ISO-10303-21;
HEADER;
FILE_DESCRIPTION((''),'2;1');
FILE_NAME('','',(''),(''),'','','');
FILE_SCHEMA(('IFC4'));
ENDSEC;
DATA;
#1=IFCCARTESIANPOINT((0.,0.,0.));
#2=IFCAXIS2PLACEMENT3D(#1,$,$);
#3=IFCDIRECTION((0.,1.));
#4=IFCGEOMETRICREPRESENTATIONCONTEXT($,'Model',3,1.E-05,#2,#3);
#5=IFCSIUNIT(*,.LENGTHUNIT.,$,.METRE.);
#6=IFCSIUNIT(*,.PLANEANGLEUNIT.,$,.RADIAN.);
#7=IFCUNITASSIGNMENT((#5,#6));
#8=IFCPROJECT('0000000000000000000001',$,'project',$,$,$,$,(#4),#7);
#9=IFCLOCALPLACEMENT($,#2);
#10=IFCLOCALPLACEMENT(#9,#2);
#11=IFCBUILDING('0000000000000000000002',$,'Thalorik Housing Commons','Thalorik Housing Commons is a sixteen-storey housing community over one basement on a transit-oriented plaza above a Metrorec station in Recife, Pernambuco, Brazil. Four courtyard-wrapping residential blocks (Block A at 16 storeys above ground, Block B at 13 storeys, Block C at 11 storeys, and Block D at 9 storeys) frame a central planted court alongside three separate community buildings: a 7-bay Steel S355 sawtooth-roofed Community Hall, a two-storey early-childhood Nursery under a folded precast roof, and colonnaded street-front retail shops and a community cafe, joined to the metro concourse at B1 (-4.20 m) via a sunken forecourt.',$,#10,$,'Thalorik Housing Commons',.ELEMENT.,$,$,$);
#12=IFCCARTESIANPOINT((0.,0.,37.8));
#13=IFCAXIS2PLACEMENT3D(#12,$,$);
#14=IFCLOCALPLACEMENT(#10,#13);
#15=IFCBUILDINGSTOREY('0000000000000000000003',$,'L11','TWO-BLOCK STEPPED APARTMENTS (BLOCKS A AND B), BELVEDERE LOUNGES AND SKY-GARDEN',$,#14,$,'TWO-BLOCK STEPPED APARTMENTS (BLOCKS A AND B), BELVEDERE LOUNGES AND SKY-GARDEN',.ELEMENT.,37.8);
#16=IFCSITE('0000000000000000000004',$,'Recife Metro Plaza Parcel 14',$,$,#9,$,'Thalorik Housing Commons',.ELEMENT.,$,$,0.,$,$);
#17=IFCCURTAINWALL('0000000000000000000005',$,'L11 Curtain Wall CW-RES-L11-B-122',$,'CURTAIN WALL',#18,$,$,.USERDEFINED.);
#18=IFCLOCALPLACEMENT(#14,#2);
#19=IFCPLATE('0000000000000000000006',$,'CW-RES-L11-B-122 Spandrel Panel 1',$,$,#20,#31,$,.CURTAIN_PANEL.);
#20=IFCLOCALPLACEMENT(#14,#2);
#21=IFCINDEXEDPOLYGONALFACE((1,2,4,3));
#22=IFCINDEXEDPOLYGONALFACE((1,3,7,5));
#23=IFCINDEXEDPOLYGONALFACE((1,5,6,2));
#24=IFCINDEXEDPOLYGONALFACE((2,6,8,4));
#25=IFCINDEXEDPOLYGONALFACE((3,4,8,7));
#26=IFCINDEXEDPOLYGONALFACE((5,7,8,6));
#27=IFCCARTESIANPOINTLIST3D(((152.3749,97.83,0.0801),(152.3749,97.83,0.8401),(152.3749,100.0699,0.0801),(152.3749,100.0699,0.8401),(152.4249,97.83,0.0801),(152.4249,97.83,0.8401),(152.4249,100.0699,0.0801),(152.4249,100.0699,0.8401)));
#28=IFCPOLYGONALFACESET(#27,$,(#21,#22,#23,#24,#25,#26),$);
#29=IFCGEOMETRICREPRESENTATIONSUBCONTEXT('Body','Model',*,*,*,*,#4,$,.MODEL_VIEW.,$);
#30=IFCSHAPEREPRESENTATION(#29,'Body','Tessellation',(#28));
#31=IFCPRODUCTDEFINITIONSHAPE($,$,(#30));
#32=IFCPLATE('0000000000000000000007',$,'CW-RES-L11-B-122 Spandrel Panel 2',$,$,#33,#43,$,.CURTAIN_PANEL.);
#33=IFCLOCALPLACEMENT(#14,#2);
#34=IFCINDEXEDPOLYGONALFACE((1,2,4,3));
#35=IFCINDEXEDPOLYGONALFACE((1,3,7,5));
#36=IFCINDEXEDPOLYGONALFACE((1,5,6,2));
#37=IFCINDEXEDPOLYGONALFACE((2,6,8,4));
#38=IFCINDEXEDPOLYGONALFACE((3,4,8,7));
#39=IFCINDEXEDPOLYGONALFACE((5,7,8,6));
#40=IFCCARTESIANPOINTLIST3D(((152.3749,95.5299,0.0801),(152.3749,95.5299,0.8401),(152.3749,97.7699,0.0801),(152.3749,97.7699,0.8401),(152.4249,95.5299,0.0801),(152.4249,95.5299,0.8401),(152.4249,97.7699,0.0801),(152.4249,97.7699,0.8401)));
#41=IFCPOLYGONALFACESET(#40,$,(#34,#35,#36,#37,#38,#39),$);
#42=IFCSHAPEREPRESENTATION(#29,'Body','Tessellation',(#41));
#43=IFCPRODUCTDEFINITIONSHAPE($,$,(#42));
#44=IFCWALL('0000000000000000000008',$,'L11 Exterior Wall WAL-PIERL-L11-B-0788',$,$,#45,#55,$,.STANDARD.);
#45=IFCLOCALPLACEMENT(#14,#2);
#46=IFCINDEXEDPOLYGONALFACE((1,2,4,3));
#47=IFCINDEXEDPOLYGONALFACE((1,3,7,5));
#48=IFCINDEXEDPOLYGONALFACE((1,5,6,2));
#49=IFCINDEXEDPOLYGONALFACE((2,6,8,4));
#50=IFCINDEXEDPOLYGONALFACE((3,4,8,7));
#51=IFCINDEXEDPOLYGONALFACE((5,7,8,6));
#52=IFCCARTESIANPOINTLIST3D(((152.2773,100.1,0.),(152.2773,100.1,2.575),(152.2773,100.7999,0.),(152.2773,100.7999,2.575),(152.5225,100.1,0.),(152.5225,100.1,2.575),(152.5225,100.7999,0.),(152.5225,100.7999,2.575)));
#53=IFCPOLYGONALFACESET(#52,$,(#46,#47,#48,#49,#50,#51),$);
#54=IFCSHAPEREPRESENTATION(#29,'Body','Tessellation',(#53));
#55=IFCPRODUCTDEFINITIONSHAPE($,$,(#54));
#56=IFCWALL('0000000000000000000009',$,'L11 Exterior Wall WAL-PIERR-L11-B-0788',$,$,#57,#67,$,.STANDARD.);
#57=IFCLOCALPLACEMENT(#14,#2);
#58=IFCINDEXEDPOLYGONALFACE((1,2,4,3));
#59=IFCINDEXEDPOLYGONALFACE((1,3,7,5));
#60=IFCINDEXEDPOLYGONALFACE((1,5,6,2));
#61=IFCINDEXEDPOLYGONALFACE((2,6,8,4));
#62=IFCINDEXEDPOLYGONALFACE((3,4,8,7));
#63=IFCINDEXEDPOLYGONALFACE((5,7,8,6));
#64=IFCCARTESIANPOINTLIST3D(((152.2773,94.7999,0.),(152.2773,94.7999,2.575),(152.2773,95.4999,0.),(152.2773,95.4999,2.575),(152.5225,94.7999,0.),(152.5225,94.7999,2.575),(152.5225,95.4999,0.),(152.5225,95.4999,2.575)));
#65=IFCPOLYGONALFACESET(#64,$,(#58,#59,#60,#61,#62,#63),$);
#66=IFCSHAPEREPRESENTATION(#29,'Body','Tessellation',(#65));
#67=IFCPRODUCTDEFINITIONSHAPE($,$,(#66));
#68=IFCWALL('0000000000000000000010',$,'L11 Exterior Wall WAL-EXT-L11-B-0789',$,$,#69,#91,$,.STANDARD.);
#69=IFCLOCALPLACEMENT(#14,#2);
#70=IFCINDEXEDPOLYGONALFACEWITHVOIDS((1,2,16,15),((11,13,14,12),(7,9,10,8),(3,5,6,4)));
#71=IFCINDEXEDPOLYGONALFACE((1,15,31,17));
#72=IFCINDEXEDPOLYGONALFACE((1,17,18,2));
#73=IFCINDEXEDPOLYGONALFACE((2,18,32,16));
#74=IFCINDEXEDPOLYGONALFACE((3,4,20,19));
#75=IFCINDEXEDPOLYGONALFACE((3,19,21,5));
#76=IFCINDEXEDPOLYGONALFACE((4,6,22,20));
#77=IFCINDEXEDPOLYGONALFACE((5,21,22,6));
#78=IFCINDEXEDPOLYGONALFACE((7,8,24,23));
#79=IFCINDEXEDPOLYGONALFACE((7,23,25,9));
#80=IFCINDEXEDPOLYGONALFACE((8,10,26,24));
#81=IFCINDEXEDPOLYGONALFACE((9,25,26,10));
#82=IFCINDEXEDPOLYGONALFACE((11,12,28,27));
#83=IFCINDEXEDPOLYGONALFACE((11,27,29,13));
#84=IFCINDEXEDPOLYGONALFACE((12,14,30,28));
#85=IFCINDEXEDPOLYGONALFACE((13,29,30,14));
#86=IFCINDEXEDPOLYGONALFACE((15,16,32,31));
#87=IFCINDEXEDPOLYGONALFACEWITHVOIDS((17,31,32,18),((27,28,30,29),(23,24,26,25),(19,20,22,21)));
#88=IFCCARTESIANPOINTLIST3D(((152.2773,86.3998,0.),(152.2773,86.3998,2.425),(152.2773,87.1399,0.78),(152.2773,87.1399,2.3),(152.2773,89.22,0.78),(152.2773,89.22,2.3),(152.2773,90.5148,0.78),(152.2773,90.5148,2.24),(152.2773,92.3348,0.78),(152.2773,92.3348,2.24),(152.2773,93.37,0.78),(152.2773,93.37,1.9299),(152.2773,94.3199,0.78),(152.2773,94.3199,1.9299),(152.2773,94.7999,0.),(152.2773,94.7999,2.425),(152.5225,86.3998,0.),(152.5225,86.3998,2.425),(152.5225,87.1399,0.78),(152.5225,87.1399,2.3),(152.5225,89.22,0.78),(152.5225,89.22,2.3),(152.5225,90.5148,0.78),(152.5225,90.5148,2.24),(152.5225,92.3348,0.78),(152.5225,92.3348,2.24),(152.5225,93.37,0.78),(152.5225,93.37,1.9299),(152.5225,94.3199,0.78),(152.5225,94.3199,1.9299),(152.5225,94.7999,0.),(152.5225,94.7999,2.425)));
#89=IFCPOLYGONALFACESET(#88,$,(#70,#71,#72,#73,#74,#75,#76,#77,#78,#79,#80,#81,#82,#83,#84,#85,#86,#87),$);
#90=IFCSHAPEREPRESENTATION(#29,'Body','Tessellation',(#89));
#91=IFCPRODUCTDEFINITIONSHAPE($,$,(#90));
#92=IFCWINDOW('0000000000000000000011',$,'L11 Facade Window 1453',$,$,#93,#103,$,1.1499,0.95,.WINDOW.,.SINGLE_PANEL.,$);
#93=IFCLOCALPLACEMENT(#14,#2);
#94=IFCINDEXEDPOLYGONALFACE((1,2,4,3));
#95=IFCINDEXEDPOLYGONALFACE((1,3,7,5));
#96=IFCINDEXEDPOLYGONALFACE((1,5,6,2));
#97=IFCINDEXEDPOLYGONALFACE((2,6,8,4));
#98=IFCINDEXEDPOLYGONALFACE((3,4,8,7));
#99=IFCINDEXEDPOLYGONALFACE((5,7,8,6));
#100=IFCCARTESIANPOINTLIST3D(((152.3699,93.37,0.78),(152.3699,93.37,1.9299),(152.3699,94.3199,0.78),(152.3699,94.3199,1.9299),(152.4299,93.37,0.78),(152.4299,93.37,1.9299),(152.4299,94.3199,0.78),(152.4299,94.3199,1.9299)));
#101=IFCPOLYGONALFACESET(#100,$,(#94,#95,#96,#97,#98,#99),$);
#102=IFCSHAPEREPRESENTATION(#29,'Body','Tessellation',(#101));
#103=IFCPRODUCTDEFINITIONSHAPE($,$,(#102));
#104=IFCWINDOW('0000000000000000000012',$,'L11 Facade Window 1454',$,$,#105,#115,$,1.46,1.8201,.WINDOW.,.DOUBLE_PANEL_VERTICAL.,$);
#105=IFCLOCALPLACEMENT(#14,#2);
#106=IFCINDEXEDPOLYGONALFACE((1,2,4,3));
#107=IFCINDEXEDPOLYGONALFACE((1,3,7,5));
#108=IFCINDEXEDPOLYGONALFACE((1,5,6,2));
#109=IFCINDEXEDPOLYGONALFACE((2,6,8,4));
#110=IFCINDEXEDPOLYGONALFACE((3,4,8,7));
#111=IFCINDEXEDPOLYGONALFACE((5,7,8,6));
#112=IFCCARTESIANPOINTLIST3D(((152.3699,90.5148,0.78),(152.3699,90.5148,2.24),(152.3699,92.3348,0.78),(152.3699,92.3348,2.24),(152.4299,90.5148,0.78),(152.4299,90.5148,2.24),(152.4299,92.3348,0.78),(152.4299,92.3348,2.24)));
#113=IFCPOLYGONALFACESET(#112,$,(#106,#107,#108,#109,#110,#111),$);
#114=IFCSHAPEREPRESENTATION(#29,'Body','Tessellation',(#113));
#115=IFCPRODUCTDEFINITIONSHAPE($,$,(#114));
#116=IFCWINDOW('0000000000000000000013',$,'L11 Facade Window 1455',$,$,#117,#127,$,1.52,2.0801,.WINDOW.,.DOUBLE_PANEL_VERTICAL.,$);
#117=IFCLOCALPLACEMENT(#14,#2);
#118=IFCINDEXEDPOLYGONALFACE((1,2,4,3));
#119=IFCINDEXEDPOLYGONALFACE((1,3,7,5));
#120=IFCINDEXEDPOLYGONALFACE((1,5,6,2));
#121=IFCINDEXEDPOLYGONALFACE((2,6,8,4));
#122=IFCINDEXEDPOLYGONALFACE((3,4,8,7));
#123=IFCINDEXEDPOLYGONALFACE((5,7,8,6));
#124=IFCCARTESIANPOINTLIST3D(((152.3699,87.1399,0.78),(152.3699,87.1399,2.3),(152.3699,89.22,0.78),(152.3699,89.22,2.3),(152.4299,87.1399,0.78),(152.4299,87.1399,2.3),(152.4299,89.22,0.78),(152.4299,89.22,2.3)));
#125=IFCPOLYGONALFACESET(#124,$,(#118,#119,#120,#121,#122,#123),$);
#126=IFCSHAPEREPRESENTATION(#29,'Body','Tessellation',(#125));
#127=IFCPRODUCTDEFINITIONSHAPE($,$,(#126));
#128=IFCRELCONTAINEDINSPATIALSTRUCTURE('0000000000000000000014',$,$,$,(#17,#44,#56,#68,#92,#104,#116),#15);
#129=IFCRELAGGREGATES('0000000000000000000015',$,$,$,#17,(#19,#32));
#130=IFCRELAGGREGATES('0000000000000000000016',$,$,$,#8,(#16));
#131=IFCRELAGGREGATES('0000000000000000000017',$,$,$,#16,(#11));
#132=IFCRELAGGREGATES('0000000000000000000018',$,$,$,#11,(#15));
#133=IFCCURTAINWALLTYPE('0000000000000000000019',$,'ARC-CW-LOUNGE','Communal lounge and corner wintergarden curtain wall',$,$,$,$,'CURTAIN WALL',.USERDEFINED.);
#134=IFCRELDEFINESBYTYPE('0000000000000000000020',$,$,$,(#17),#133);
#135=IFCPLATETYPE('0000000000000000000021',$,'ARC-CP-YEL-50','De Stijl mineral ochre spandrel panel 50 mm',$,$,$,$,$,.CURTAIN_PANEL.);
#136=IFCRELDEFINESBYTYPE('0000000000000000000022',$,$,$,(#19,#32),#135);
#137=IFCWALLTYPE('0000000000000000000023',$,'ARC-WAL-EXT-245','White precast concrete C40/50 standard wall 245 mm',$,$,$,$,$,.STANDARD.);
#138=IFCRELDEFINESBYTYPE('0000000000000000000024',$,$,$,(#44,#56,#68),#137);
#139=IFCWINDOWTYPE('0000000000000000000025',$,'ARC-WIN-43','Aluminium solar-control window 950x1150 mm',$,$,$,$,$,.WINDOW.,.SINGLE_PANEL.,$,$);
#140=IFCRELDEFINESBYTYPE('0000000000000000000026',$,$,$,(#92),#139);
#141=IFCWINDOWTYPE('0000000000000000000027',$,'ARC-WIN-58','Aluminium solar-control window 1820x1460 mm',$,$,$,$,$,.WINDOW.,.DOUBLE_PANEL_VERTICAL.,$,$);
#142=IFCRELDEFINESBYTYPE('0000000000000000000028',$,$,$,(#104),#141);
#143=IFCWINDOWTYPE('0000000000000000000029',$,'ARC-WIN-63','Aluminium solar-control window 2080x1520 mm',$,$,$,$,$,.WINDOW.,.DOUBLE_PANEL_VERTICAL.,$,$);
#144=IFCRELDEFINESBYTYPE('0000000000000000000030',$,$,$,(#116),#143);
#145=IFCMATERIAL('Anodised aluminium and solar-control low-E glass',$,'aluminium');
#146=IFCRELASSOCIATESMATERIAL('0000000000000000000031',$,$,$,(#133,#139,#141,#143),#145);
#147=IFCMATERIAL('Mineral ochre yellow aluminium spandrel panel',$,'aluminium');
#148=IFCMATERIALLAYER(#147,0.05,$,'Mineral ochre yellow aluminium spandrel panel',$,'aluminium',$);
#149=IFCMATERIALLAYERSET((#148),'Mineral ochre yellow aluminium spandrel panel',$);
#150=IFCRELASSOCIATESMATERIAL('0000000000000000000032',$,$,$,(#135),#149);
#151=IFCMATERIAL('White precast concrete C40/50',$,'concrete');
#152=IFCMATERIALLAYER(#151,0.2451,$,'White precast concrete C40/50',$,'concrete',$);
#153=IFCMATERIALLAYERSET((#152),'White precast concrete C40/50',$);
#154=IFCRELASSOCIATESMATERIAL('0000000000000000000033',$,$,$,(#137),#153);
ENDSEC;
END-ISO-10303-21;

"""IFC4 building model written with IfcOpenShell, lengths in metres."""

from ifc_helpers import new_model, si_unit, direction, frame, frame_2d, origin, origin_2d, place, context, subcontext, project, spatial, rectangle, extrude, material, layer, layer_set, type_object, element, fill, aggregate, save


model = new_model("IFC4")

# Units and contexts
model_context = context("Model", 3, precision=1e-05, world=origin(), true_north=direction((0.0, 1.0)))
body_context = subcontext(model_context, "Body", "Model", "MODEL_VIEW")
ifc_project = project(units=[si_unit("LENGTHUNIT", "METRE"), si_unit("PLANEANGLEUNIT", "RADIAN")], contexts=[model_context])

# Site, building, storey
site_placement = place(None, origin())
site = spatial("IfcSite", under=ifc_project, at=site_placement, Name="Recife Metro Plaza Parcel 14", LongName="Thalorik Housing Commons", CompositionType="ELEMENT", RefElevation=0.0)
building_placement = place(site_placement, origin())
building = spatial("IfcBuilding", under=site, at=building_placement, Name="Thalorik Housing Commons", Description="Thalorik Housing Commons is a sixteen-storey housing community over one basement on a transit-oriented plaza above a Metrorec station in Recife, Pernambuco, Brazil. Four courtyard-wrapping residential blocks (Block A at 16 storeys above ground, Block B at 13 storeys, Block C at 11 storeys, and Block D at 9 storeys) frame a central planted court alongside three separate community buildings: a 7-bay Steel S355 sawtooth-roofed Community Hall, a two-storey early-childhood Nursery under a folded precast roof, and colonnaded street-front retail shops and a community cafe, joined to the metro concourse at B1 (-4.20 m) via a sunken forecourt.", LongName="Thalorik Housing Commons", CompositionType="ELEMENT")
storey_placement = place(building_placement, frame((0.0, 0.0, 37.8)))
storey = spatial("IfcBuildingStorey", under=building, at=storey_placement, Name="L11", Description="TWO-BLOCK STEPPED APARTMENTS (BLOCKS A AND B), BELVEDERE LOUNGES AND SKY-GARDEN", LongName="TWO-BLOCK STEPPED APARTMENTS (BLOCKS A AND B), BELVEDERE LOUNGES AND SKY-GARDEN", CompositionType="ELEMENT", Elevation=37.8)

# Curtain wall
ifc_material_1 = material(Name="Anodised aluminium and solar-control low-E glass", Category="aluminium")
curtain_wall_type = type_object("IfcCurtainWallType", Name="ARC-CW-LOUNGE", Description="Communal lounge and corner wintergarden curtain wall", ElementType="CURTAIN WALL", PredefinedType="USERDEFINED", material=ifc_material_1)
curtain_wall_placement = place(storey_placement, origin())
curtain_wall = element("IfcCurtainWall", 1, at=curtain_wall_placement, inside=storey, type_object=curtain_wall_type, Name="L11 Curtain Wall CW-RES-L11-B-122", ObjectType="CURTAIN WALL", PredefinedType="USERDEFINED")

# Plates
ifc_material_2 = material(Name="Mineral ochre yellow aluminium spandrel panel", Category="aluminium")
ifc_layer_1 = layer(ifc_material_2, 0.05, Name="Mineral ochre yellow aluminium spandrel panel", Category="aluminium")
ifc_layer_set_1 = layer_set([ifc_layer_1], Name="Mineral ochre yellow aluminium spandrel panel")
plate_type_1 = type_object("IfcPlateType", Name="ARC-CP-YEL-50", Description="De Stijl mineral ochre spandrel panel 50 mm", PredefinedType="CURTAIN_PANEL", material=ifc_layer_set_1)
plate_1_placement = place(storey_placement, frame((152.3999, 98.95, 0.0801), z_axis=(0.0, 0.0, 1.0), x_axis=(0.0, -1.0, 0.0)))
plate_1 = element("IfcPlate", 2, at=plate_1_placement, type_object=plate_type_1, Name="CW-RES-L11-B-122 Spandrel Panel 1", PredefinedType="CURTAIN_PANEL", context=body_context, shape_type="SweptSolid", body=[
    extrude(rectangle(XDim=2.24, YDim=0.05, at=origin_2d()), origin(), (0.0, 0.0, 1.0), 0.76),
])
plate_2_placement = place(storey_placement, frame((152.3999, 96.6499, 0.0801), z_axis=(0.0, 0.0, 1.0), x_axis=(0.0, -1.0, 0.0)))
plate_2 = element("IfcPlate", 3, at=plate_2_placement, type_object=plate_type_1, Name="CW-RES-L11-B-122 Spandrel Panel 2", PredefinedType="CURTAIN_PANEL", context=body_context, shape_type="SweptSolid", body=[
    extrude(rectangle(XDim=2.24, YDim=0.05, at=origin_2d()), origin(), (0.0, 0.0, 1.0), 0.76),
])
aggregate(curtain_wall, [plate_1, plate_2])

# Walls
ifc_material_3 = material(Name="White precast concrete C40/50", Category="concrete")
ifc_layer_2 = layer(ifc_material_3, 0.2451, Name="White precast concrete C40/50", Category="concrete")
ifc_layer_set_2 = layer_set([ifc_layer_2], Name="White precast concrete C40/50")
wall_type_1 = type_object("IfcWallType", Name="ARC-WAL-EXT-245", Description="White precast concrete C40/50 standard wall 245 mm", PredefinedType="STANDARD", material=ifc_layer_set_2)
for number, where, z_axis, x_axis, name in (
    (4, (152.3999, 100.8, 0.0), (0.0, 0.0, 1.0), (0.0, -1.0, 0.0), "L11 Exterior Wall WAL-PIERL-L11-B-0788"),
    (5, (152.3999, 95.5, 0.0), (0.0, 0.0, 1.0), (0.0, -1.0, 0.0), "L11 Exterior Wall WAL-PIERR-L11-B-0788"),
):
    element("IfcWall", number, at=place(storey_placement, frame(where, z_axis=z_axis, x_axis=x_axis)), inside=storey, type_object=wall_type_1, Name=name, PredefinedType="STANDARD", context=body_context, shape_type="SweptSolid", body=[
        extrude(rectangle(XDim=0.7, YDim=0.2451, at=frame_2d((0.3501, 0.0))), origin(), (0.0, 0.0, 1.0), 2.575),
    ])

# Wall, openings, windows
wall_1_placement = place(storey_placement, frame((152.3999, 94.8, 0.0), z_axis=(0.0, 0.0, 1.0), x_axis=(0.0, -1.0, 0.0)))
wall_1 = element("IfcWall", 6, at=wall_1_placement, inside=storey, type_object=wall_type_1, Name="L11 Exterior Wall WAL-EXT-L11-B-0789", PredefinedType="STANDARD", context=body_context, shape_type="SweptSolid", body=[
    extrude(rectangle(XDim=8.4001, YDim=0.2451, at=frame_2d((4.2002, 0.0))), origin(), (0.0, 0.0, 1.0), 2.425),
])
opening_1_placement = place(wall_1_placement, frame((0.48, 0.0, 0.78)))
opening_1 = element("IfcOpeningElement", 7, at=opening_1_placement, cuts=wall_1, PredefinedType="OPENING", context=body_context, shape_type="SweptSolid", body=[
    extrude(rectangle(XDim=0.95, YDim=1.1499, at=frame_2d((0.4751, 0.575))), frame((0.0, 0.1326, 0.0), z_axis=(0.0, -1.0, 0.0), x_axis=(1.0, 0.0, 0.0)), (0.0, 0.0, 1.0), 0.2651),
])
opening_2_placement = place(wall_1_placement, frame((2.4651, 0.0, 0.78)))
opening_2 = element("IfcOpeningElement", 8, at=opening_2_placement, cuts=wall_1, PredefinedType="OPENING", context=body_context, shape_type="SweptSolid", body=[
    extrude(rectangle(XDim=1.8201, YDim=1.46, at=frame_2d((0.9102, 0.73))), frame((0.0, 0.1326, 0.0), z_axis=(0.0, -1.0, 0.0), x_axis=(1.0, 0.0, 0.0)), (0.0, 0.0, 1.0), 0.2651),
])
opening_3_placement = place(wall_1_placement, frame((5.5801, 0.0, 0.78)))
opening_3 = element("IfcOpeningElement", 9, at=opening_3_placement, cuts=wall_1, PredefinedType="OPENING", context=body_context, shape_type="SweptSolid", body=[
    extrude(rectangle(XDim=2.0801, YDim=1.52, at=frame_2d((1.04, 0.76))), frame((0.0, 0.1326, 0.0), z_axis=(0.0, -1.0, 0.0), x_axis=(1.0, 0.0, 0.0)), (0.0, 0.0, 1.0), 0.2651),
])
window_type_1 = type_object("IfcWindowType", Name="ARC-WIN-43", Description="Aluminium solar-control window 950x1150 mm", PartitioningType="SINGLE_PANEL", PredefinedType="WINDOW", material=ifc_material_1)
window_1_placement = place(opening_1_placement, origin())
window_1 = element("IfcWindow", 10, at=window_1_placement, inside=storey, type_object=window_type_1, Name="L11 Facade Window 1453", OverallHeight=1.1499, OverallWidth=0.95, PartitioningType="SINGLE_PANEL", PredefinedType="WINDOW", context=body_context, shape_type="SweptSolid", body=[
    extrude(rectangle(XDim=0.95, YDim=1.1499, at=frame_2d((0.4751, 0.575))), frame((0.0, 0.03, 0.0), z_axis=(0.0, -1.0, 0.0), x_axis=(1.0, 0.0, 0.0)), (0.0, 0.0, 1.0), 0.0601),
])
fill(opening_1, window_1)
window_type_2 = type_object("IfcWindowType", Name="ARC-WIN-58", Description="Aluminium solar-control window 1820x1460 mm", PartitioningType="DOUBLE_PANEL_VERTICAL", PredefinedType="WINDOW", material=ifc_material_1)
window_2_placement = place(opening_2_placement, origin())
window_2 = element("IfcWindow", 11, at=window_2_placement, inside=storey, type_object=window_type_2, Name="L11 Facade Window 1454", OverallHeight=1.46, OverallWidth=1.8201, PartitioningType="DOUBLE_PANEL_VERTICAL", PredefinedType="WINDOW", context=body_context, shape_type="SweptSolid", body=[
    extrude(rectangle(XDim=1.8201, YDim=1.46, at=frame_2d((0.9102, 0.73))), frame((0.0, 0.03, 0.0), z_axis=(0.0, -1.0, 0.0), x_axis=(1.0, 0.0, 0.0)), (0.0, 0.0, 1.0), 0.0601),
])
fill(opening_2, window_2)
window_type_3 = type_object("IfcWindowType", Name="ARC-WIN-63", Description="Aluminium solar-control window 2080x1520 mm", PartitioningType="DOUBLE_PANEL_VERTICAL", PredefinedType="WINDOW", material=ifc_material_1)
window_3_placement = place(opening_3_placement, origin())
window_3 = element("IfcWindow", 12, at=window_3_placement, inside=storey, type_object=window_type_3, Name="L11 Facade Window 1455", OverallHeight=1.52, OverallWidth=2.0801, PartitioningType="DOUBLE_PANEL_VERTICAL", PredefinedType="WINDOW", context=body_context, shape_type="SweptSolid", body=[
    extrude(rectangle(XDim=2.0801, YDim=1.52, at=frame_2d((1.04, 0.76))), frame((0.0, 0.03, 0.0), z_axis=(0.0, -1.0, 0.0), x_axis=(1.0, 0.0, 0.0)), (0.0, 0.0, 1.0), 0.0601),
])
fill(opening_3, window_3)

save(model, "model.ifc")
